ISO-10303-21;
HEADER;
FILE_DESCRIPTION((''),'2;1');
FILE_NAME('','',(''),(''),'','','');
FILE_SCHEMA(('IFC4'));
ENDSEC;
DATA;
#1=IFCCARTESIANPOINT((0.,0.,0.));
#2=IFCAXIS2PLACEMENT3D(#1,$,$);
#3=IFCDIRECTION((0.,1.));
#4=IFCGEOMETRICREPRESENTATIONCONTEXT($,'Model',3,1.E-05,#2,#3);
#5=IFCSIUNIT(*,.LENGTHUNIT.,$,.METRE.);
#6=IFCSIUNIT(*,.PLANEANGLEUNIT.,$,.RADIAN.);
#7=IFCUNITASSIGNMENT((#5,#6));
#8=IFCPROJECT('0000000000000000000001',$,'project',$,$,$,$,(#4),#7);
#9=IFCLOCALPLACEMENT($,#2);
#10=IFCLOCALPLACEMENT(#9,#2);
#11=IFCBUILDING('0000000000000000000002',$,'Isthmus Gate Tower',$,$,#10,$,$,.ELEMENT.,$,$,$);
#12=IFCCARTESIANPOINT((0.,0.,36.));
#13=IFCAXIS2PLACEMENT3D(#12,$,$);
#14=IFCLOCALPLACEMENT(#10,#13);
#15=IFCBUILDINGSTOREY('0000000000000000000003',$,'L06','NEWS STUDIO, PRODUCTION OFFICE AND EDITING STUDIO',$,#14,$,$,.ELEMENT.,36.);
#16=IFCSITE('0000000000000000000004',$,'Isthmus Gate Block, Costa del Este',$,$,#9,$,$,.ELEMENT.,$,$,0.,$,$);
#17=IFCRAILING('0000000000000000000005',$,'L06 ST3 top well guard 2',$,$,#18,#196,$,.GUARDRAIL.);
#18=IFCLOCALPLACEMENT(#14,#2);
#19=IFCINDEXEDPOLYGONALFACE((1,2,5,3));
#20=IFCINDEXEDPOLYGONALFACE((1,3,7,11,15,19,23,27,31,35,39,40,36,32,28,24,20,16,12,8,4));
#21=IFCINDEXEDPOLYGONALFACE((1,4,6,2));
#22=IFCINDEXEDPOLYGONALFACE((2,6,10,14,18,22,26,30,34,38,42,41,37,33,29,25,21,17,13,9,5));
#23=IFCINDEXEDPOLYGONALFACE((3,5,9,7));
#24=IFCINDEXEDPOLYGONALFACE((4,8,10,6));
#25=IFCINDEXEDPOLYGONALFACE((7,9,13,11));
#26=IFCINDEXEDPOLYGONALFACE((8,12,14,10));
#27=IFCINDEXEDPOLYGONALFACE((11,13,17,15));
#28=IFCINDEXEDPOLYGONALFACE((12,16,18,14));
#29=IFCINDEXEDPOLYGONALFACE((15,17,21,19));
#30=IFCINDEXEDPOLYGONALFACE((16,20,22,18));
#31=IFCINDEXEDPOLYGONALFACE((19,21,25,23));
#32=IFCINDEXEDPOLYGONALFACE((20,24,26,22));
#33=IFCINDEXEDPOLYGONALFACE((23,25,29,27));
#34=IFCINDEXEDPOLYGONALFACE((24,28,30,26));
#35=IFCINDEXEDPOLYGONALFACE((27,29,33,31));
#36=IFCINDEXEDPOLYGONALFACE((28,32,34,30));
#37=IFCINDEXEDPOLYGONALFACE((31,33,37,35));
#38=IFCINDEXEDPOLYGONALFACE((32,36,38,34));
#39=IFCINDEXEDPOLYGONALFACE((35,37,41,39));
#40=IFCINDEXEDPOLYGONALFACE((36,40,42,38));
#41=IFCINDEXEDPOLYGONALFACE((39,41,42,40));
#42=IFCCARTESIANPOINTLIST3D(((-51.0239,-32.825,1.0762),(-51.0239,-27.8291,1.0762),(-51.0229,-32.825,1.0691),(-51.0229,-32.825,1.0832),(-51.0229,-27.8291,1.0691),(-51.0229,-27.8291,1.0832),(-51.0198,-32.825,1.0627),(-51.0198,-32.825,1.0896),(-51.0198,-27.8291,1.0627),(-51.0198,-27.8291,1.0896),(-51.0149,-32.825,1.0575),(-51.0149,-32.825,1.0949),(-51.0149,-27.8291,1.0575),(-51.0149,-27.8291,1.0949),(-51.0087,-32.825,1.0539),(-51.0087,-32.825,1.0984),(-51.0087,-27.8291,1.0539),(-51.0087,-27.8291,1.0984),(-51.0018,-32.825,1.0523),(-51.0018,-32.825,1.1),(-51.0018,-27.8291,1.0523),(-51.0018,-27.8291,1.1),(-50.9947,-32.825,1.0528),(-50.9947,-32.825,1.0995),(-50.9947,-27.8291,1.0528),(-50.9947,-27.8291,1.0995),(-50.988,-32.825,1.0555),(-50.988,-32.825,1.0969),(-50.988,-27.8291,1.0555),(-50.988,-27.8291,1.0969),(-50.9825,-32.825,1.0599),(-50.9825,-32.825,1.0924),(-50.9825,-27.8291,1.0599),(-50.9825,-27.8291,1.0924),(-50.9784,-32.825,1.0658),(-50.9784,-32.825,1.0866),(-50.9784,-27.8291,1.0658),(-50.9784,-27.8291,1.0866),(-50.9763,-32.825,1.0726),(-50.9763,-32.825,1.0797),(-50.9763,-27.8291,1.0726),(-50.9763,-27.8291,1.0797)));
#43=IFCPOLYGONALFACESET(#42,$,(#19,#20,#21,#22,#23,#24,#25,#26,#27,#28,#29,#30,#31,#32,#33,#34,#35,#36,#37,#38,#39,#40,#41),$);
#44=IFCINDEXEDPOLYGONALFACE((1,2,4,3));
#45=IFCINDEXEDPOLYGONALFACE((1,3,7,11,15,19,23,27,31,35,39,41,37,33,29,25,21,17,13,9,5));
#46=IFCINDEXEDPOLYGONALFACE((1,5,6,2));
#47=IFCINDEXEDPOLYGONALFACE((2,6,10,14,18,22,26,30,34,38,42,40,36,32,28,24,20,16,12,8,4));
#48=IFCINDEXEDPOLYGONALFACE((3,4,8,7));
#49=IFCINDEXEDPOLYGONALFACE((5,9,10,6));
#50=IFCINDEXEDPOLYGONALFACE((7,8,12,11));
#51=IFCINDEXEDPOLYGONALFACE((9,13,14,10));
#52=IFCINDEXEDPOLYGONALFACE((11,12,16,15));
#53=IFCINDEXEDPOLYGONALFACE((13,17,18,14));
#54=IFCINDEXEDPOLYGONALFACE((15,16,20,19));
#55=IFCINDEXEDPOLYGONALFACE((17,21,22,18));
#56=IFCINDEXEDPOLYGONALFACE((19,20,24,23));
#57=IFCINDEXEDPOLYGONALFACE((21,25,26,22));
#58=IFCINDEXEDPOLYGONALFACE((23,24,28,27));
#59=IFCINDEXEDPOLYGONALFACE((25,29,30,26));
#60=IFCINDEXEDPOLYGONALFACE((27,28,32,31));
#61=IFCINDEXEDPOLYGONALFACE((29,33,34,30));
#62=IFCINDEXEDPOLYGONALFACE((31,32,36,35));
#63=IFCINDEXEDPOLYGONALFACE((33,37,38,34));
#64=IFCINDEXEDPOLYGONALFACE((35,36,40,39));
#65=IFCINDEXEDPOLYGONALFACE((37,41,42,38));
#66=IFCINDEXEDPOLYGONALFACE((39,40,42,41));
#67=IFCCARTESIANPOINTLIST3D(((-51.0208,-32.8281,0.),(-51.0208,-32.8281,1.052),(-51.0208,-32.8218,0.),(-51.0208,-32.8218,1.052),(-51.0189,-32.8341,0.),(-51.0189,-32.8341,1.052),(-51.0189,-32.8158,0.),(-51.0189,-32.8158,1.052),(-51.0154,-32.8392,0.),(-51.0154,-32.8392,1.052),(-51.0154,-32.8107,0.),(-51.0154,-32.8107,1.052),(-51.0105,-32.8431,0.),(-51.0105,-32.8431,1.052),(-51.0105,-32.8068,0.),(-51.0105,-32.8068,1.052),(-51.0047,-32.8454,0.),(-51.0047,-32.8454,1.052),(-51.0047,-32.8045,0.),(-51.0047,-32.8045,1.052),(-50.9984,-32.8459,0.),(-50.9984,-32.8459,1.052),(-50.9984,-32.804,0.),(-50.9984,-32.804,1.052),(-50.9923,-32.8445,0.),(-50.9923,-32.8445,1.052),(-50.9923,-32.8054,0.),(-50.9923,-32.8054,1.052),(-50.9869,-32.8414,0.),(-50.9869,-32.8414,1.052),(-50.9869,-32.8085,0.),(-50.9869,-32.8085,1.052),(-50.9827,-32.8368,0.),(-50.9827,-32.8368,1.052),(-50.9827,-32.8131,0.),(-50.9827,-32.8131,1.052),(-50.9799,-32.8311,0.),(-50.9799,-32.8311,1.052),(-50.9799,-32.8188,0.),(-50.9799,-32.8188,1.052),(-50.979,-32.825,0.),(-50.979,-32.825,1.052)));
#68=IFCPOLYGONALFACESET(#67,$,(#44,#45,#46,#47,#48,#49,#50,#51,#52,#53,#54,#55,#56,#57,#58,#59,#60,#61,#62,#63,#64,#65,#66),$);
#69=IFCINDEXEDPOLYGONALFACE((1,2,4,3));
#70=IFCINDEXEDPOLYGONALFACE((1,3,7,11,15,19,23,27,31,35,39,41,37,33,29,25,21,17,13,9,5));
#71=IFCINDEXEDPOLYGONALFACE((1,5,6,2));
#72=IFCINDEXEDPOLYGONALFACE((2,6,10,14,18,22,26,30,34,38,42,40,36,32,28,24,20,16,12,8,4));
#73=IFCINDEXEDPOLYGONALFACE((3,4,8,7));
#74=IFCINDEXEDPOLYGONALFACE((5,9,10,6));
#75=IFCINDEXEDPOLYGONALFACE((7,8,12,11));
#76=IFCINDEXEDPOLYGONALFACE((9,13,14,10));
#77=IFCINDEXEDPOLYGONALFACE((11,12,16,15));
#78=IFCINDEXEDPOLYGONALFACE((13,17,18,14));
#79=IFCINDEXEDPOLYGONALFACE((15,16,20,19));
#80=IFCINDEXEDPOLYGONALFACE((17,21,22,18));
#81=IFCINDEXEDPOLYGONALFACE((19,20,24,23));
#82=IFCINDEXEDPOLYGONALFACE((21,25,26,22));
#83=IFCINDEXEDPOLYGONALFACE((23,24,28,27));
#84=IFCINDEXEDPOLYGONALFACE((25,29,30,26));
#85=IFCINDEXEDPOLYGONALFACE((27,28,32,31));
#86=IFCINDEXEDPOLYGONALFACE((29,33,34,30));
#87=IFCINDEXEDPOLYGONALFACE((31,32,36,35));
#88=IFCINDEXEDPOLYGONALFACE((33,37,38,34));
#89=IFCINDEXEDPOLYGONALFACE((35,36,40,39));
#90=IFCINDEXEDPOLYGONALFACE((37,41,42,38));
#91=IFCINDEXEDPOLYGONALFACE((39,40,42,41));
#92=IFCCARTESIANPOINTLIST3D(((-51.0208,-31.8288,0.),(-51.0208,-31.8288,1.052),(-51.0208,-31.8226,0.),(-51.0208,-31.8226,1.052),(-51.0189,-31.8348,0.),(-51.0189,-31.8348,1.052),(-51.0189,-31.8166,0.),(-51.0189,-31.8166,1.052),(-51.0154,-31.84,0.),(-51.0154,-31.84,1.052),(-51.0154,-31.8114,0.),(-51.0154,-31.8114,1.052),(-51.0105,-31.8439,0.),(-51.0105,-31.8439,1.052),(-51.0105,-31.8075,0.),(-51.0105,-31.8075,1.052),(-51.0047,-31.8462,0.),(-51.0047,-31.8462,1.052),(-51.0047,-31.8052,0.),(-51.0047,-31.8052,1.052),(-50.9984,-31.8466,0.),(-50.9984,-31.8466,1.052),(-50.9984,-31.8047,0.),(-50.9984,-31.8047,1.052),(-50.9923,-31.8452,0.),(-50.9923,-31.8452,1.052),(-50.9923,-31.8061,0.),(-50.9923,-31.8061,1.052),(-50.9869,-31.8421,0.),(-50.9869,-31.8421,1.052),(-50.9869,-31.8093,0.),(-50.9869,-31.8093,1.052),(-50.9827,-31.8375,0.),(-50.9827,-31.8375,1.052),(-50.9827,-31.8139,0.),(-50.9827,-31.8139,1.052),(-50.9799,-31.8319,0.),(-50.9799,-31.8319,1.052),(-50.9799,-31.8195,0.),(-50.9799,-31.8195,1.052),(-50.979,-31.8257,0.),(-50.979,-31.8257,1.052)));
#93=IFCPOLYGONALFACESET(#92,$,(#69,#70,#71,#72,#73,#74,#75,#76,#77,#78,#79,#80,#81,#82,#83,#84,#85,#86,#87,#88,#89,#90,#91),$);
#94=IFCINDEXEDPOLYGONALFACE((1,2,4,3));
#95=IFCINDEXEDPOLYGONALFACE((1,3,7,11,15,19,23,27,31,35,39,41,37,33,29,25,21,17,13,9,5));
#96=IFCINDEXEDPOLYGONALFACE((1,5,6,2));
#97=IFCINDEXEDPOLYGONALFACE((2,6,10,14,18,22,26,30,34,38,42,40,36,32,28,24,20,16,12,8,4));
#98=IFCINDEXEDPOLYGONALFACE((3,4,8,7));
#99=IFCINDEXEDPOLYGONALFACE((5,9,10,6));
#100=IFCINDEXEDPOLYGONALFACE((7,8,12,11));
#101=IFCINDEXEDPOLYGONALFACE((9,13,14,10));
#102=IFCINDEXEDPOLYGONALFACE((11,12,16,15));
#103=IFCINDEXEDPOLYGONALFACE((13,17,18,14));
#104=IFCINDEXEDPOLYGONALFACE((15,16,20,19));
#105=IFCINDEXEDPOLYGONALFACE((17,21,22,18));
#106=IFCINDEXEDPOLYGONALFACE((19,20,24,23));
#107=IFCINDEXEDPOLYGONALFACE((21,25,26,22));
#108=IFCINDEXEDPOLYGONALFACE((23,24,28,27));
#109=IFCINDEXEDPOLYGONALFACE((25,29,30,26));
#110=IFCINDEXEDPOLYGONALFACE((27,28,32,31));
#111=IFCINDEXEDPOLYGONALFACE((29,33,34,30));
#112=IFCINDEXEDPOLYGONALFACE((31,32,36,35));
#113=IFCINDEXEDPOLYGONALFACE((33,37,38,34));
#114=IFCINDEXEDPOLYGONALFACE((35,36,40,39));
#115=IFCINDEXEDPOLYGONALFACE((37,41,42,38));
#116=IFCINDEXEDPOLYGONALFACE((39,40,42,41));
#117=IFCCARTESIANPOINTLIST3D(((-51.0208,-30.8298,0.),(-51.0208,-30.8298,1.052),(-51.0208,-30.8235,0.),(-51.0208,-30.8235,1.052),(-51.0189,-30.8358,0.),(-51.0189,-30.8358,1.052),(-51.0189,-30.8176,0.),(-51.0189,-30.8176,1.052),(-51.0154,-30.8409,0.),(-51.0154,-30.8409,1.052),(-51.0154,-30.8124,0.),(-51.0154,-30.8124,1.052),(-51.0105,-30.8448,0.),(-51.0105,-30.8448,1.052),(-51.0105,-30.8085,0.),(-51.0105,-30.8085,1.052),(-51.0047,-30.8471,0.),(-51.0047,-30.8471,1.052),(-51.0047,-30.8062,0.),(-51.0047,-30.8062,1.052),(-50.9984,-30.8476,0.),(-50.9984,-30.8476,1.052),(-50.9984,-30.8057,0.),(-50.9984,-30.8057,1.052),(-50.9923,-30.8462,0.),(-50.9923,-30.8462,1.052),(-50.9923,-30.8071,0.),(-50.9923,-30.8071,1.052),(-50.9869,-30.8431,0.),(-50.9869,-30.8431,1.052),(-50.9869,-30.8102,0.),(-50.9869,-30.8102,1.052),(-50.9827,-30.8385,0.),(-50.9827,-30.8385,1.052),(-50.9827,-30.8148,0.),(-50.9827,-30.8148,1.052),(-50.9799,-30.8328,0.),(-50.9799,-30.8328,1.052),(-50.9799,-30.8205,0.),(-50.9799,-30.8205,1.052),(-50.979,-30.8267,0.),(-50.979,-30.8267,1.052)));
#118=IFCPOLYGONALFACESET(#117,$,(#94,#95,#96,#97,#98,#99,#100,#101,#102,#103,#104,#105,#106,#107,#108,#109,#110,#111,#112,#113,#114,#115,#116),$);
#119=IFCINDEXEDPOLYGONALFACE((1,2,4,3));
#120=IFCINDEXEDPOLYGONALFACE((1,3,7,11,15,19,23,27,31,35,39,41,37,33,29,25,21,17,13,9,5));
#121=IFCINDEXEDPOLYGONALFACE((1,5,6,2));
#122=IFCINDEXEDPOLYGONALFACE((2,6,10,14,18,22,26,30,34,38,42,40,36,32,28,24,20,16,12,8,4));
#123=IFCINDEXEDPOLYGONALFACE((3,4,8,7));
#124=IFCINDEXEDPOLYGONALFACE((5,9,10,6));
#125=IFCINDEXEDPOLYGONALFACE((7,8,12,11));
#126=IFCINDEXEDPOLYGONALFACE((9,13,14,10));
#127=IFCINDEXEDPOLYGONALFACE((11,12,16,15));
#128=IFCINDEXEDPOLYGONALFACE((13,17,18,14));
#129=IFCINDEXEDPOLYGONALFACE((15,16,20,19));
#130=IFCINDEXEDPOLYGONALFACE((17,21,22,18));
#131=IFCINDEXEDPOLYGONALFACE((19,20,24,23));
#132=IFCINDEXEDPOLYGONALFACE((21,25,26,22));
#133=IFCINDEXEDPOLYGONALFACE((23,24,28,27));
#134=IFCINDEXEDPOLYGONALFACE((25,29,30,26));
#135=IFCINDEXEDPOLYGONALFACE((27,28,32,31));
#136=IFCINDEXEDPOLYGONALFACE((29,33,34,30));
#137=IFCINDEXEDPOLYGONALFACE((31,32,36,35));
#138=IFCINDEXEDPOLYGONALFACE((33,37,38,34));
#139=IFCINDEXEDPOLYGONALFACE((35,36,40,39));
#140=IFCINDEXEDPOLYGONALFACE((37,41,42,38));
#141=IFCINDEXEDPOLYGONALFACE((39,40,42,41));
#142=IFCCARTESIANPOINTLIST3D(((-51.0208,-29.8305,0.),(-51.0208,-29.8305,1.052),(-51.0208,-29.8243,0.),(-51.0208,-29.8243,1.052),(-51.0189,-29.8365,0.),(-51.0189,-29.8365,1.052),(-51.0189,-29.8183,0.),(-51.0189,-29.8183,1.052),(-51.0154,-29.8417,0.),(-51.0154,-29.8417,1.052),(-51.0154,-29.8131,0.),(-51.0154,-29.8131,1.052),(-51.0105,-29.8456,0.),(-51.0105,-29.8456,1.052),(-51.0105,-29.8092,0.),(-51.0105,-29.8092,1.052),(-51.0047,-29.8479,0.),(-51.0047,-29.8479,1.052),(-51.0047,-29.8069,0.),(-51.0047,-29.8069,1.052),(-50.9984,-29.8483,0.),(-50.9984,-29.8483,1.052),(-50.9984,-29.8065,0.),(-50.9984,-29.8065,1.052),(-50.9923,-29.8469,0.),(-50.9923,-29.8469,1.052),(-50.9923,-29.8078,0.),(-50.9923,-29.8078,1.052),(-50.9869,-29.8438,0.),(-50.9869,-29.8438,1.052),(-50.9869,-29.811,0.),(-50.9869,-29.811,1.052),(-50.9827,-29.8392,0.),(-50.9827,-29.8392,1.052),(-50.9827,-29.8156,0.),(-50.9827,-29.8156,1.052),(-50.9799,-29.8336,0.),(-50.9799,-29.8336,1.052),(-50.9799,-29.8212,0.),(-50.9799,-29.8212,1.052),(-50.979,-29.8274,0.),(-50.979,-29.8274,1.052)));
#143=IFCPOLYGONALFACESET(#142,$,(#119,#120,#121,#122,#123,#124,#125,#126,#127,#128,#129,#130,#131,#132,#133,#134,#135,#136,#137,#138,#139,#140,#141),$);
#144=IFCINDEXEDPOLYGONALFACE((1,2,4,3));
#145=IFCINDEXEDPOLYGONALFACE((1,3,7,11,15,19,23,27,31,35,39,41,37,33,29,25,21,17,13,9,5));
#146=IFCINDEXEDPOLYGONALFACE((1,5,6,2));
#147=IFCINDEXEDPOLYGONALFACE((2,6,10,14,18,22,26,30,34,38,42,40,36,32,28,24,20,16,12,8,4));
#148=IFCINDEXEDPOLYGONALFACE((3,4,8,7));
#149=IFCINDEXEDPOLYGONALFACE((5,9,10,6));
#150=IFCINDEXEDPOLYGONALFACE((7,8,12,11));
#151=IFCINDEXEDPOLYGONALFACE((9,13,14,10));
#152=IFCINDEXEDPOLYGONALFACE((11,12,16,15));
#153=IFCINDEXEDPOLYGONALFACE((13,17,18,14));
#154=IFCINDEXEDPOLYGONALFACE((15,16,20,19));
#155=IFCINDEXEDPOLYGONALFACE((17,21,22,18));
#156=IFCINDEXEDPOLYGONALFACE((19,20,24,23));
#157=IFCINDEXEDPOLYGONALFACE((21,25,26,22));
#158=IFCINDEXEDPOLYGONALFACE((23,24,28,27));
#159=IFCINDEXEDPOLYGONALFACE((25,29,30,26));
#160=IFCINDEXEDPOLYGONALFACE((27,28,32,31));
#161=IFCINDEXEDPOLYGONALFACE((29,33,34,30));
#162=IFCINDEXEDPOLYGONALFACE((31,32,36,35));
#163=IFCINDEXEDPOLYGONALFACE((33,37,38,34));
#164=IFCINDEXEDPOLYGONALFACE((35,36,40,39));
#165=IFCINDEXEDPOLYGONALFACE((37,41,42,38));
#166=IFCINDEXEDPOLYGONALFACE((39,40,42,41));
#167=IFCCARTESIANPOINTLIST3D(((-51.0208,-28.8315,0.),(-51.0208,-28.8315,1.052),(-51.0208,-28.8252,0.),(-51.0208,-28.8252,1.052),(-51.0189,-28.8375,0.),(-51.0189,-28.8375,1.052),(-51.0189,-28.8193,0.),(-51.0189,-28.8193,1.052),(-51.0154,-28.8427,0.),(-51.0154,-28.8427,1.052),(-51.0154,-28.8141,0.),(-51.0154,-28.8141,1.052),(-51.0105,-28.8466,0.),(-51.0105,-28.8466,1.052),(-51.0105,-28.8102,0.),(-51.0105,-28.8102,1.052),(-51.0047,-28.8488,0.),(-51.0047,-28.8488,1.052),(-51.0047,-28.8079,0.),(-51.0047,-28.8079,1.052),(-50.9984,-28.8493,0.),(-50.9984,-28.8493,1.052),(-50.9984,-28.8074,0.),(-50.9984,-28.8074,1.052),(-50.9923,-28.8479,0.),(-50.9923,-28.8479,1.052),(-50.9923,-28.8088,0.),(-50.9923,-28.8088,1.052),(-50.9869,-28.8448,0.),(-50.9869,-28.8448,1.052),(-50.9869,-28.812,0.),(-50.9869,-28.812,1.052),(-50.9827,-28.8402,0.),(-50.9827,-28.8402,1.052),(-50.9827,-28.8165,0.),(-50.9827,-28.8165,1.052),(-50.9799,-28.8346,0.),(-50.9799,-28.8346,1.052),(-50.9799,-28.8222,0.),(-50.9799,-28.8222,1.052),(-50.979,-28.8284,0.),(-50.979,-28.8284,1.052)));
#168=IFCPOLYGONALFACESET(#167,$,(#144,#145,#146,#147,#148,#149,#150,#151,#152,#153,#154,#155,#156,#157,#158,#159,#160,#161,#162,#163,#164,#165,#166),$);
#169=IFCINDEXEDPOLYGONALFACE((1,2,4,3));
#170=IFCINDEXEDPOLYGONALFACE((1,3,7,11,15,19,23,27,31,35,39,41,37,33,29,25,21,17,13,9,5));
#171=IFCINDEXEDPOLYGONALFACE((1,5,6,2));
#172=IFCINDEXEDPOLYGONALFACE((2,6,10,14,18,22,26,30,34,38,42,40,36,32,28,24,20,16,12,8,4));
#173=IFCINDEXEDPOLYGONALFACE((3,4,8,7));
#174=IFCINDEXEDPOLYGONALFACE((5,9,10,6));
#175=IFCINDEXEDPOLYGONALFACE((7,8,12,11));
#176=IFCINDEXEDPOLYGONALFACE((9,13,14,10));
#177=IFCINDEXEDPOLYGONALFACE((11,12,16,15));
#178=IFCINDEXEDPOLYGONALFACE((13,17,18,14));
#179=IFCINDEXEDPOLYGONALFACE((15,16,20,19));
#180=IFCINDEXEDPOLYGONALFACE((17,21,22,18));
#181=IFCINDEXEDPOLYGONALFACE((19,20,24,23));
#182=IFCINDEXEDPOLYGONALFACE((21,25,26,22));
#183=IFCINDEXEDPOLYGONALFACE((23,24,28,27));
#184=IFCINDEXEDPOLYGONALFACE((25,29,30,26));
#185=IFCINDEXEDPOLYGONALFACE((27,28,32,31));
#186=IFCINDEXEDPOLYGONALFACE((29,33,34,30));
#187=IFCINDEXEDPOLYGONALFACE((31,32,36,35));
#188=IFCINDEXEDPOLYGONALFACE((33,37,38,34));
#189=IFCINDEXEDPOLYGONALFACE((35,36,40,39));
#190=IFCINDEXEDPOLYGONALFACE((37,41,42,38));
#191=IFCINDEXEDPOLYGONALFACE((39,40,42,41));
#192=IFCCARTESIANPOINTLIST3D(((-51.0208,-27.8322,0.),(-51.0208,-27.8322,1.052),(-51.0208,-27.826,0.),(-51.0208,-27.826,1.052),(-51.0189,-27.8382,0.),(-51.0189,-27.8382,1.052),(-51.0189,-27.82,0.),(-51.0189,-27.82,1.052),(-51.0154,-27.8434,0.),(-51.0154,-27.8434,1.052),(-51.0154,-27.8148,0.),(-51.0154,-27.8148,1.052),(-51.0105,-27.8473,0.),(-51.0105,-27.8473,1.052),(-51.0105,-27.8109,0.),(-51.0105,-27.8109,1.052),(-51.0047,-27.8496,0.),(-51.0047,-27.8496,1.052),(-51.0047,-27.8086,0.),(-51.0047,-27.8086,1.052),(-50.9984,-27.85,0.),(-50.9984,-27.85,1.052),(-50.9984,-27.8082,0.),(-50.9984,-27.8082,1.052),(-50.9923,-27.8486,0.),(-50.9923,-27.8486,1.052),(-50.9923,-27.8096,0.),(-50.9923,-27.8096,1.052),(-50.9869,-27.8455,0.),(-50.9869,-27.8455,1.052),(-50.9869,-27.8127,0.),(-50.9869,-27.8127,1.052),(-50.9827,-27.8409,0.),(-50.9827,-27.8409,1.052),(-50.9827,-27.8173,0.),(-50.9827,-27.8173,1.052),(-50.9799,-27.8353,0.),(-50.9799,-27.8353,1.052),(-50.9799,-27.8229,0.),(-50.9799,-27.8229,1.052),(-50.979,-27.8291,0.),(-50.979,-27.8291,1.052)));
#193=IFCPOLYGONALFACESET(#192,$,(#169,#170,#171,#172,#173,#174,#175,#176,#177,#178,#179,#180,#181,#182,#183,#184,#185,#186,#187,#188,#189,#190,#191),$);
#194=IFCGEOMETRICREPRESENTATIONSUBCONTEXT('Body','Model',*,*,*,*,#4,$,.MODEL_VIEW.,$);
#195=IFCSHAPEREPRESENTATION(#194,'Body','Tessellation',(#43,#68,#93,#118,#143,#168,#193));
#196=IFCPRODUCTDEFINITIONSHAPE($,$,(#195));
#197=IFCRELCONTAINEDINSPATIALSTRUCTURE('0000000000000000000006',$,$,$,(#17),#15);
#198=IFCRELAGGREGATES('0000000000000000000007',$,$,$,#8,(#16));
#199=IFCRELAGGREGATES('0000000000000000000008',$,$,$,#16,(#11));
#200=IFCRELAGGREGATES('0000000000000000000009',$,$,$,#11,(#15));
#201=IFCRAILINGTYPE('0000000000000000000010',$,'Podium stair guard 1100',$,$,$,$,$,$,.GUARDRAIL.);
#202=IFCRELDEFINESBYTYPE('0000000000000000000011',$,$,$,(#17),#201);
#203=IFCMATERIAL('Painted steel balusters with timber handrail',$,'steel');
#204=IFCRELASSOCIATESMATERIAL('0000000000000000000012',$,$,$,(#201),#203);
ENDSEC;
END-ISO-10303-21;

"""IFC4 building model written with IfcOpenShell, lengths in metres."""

from ifc_helpers import new_model, si_unit, direction, frame, origin, origin_2d, place, context, subcontext, project, spatial, circle, extrude, material, type_object, element, save


model = new_model("IFC4")

# Units and contexts
model_context = context("Model", 3, precision=1e-05, world=origin(), true_north=direction((0.0, 1.0)))
body_context = subcontext(model_context, "Body", "Model", "MODEL_VIEW")
ifc_project = project(units=[si_unit("LENGTHUNIT", "METRE"), si_unit("PLANEANGLEUNIT", "RADIAN")], contexts=[model_context])

# Site, building, storey
site_placement = place(None, origin())
site = spatial("IfcSite", under=ifc_project, at=site_placement, Name="Isthmus Gate Block, Costa del Este", CompositionType="ELEMENT", RefElevation=0.0)
building_placement = place(site_placement, origin())
building = spatial("IfcBuilding", under=site, at=building_placement, Name="Isthmus Gate Tower", CompositionType="ELEMENT")
storey_placement = place(building_placement, frame((0.0, 0.0, 36.0)))
storey = spatial("IfcBuildingStorey", under=building, at=storey_placement, Name="L06", Description="NEWS STUDIO, PRODUCTION OFFICE AND EDITING STUDIO", CompositionType="ELEMENT", Elevation=36.0)

# Railing
ifc_material_1 = material(Name="Painted steel balusters with timber handrail", Category="steel")
railing_type_1 = type_object("IfcRailingType", Name="Podium stair guard 1100", PredefinedType="GUARDRAIL", material=ifc_material_1)
railing_1_placement = place(storey_placement, frame((-51.0, -32.825, 0.0)))
element("IfcRailing", 1, at=railing_1_placement, inside=storey, type_object=railing_type_1, Name="L06 ST3 top well guard 2", PredefinedType="GUARDRAIL", context=body_context, shape_type="SweptSolid", body=[
    extrude(circle(Radius=0.0239, at=origin_2d()), frame((0.0, 0.0, 1.0762), z_axis=(0.0, 1.0, 0.0), x_axis=(-1.0, 0.0, 0.0)), (0.0, 0.0, 1.0), 4.9958),
    extrude(circle(Radius=0.021, at=origin_2d()), origin(), (0.0, 0.0, 1.0), 1.052),
    extrude(circle(Radius=0.021, at=origin_2d()), frame((0.0, 0.9993, 0.0)), (0.0, 0.0, 1.0), 1.052),
    extrude(circle(Radius=0.021, at=origin_2d()), frame((0.0, 1.9983, 0.0)), (0.0, 0.0, 1.0), 1.052),
    extrude(circle(Radius=0.021, at=origin_2d()), frame((0.0, 2.9976, 0.0)), (0.0, 0.0, 1.0), 1.052),
    extrude(circle(Radius=0.021, at=origin_2d()), frame((0.0, 3.9966, 0.0)), (0.0, 0.0, 1.0), 1.052),
    extrude(circle(Radius=0.021, at=origin_2d()), frame((0.0, 4.9958, 0.0)), (0.0, 0.0, 1.0), 1.052),
])

save(model, "model.ifc")
